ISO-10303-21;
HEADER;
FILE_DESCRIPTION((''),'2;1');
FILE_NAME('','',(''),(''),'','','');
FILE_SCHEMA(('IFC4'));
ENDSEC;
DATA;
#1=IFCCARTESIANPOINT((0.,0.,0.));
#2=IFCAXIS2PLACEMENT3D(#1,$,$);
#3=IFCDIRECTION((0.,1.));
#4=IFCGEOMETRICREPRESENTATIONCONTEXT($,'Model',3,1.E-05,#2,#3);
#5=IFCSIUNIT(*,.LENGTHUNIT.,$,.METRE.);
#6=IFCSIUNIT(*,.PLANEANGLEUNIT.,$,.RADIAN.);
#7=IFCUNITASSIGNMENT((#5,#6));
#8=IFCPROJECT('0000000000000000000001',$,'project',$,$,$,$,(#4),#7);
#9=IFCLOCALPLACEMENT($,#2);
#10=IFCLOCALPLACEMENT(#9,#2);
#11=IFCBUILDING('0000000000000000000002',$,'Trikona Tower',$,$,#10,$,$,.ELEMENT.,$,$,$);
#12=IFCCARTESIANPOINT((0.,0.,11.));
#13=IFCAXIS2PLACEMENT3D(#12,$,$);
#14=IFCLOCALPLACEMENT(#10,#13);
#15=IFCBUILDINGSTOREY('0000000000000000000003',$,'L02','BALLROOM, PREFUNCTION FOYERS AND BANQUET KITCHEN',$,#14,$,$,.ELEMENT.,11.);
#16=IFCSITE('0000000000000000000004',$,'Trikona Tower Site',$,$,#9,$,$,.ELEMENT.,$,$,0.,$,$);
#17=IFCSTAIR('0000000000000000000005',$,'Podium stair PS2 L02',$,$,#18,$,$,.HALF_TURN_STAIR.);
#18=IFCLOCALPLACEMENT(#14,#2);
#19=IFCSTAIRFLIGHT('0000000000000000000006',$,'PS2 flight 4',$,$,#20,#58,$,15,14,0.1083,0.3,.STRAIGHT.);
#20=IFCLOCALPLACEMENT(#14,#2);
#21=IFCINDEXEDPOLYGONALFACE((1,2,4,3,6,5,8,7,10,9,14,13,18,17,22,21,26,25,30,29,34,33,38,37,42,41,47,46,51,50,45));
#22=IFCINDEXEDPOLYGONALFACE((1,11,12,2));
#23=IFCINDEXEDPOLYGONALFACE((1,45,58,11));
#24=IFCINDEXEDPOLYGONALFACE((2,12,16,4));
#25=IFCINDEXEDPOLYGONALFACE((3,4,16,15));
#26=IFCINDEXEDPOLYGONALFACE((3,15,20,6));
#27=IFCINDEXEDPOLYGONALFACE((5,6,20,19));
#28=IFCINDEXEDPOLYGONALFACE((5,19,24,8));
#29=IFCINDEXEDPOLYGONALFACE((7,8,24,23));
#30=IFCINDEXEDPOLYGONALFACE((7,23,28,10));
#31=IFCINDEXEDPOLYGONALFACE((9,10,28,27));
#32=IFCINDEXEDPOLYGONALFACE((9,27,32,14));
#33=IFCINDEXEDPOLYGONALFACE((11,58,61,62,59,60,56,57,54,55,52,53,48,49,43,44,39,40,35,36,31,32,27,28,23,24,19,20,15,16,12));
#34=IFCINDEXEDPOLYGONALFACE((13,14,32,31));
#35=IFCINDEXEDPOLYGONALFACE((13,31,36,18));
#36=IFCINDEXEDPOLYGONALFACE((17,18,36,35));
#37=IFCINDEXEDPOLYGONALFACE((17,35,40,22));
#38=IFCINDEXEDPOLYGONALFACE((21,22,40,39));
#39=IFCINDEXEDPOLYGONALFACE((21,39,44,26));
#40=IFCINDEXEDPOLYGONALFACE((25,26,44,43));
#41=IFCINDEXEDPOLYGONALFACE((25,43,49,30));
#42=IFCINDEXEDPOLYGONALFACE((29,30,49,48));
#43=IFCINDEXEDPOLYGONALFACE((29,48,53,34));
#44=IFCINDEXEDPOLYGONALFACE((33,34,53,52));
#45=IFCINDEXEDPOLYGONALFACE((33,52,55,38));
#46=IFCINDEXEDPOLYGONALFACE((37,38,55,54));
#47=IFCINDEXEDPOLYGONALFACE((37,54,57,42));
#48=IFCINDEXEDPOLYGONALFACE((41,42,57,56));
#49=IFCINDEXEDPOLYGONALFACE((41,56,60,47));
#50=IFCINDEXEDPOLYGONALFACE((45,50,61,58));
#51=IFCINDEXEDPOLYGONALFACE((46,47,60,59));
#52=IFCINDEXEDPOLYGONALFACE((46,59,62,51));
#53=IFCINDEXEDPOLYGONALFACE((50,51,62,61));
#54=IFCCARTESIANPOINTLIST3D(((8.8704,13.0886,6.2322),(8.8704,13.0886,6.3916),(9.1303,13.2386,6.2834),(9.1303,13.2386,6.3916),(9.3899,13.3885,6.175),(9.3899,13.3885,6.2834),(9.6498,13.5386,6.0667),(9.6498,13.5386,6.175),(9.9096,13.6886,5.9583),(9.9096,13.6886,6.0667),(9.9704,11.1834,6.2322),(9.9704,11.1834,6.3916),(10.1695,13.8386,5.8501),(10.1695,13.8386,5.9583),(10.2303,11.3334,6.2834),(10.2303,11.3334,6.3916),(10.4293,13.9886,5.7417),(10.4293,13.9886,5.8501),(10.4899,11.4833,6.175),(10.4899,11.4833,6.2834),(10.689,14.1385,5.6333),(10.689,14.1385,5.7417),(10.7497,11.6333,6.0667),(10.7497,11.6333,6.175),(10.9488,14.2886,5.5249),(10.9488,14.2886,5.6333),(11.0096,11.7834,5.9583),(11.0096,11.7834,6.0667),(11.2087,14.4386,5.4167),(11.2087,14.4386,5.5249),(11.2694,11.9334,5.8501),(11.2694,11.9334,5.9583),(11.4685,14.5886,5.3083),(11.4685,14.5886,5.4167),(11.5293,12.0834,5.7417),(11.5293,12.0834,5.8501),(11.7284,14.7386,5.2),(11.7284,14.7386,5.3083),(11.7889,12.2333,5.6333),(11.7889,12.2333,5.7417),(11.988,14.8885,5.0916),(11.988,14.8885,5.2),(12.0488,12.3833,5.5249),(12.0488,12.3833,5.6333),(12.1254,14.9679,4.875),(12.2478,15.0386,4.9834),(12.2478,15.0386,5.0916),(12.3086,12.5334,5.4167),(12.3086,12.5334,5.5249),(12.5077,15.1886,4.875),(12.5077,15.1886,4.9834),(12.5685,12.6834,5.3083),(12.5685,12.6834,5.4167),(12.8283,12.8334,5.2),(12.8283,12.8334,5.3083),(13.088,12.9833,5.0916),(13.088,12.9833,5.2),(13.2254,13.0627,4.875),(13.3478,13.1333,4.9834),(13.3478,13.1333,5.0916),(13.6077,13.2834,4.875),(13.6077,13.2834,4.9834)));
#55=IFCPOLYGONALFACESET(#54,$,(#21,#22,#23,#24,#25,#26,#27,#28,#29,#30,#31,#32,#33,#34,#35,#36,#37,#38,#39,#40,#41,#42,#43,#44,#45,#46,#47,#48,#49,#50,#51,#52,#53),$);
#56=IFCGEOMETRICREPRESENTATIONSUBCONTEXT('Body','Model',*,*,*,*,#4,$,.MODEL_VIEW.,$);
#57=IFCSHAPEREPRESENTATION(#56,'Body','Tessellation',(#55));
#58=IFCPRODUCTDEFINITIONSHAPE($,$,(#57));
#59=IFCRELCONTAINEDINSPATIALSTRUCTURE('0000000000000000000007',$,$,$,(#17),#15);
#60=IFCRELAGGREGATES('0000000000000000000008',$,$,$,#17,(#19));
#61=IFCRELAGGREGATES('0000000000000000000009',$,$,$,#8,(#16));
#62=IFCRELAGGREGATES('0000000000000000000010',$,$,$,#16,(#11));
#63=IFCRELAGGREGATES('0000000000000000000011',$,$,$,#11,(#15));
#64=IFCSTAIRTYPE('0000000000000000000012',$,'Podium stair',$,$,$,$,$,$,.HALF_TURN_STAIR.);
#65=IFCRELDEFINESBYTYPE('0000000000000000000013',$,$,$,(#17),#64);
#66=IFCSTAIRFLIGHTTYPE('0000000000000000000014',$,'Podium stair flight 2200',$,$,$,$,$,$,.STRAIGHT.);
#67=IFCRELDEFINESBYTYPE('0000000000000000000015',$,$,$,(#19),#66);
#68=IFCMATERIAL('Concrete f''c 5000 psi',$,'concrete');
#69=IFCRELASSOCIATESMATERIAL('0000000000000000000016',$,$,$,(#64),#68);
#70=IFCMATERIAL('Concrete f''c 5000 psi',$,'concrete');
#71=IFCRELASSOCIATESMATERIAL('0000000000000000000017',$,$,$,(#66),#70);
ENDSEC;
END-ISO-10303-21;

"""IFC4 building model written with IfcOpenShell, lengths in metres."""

from ifc_helpers import new_model, si_unit, direction, frame, origin, place, context, subcontext, project, spatial, polyline, outline, extrude, material, type_object, element, aggregate, save


model = new_model("IFC4")

# Units and contexts
model_context = context("Model", 3, precision=1e-05, world=origin(), true_north=direction((0.0, 1.0)))
body_context = subcontext(model_context, "Body", "Model", "MODEL_VIEW")
ifc_project = project(units=[si_unit("LENGTHUNIT", "METRE"), si_unit("PLANEANGLEUNIT", "RADIAN")], contexts=[model_context])

# Site, building, storey
site_placement = place(None, origin())
site = spatial("IfcSite", under=ifc_project, at=site_placement, Name="Trikona Tower Site", CompositionType="ELEMENT", RefElevation=0.0)
building_placement = place(site_placement, origin())
building = spatial("IfcBuilding", under=site, at=building_placement, Name="Trikona Tower", CompositionType="ELEMENT")
storey_placement = place(building_placement, frame((0.0, 0.0, 11.0)))
storey = spatial("IfcBuildingStorey", under=building, at=storey_placement, Name="L02", Description="BALLROOM, PREFUNCTION FOYERS AND BANQUET KITCHEN", CompositionType="ELEMENT", Elevation=11.0)

# Stair, stair flight
ifc_material_1 = material(Name="Concrete f'c 5000 psi", Category="concrete")
stair_type = type_object("IfcStairType", Name="Podium stair", PredefinedType="HALF_TURN_STAIR", material=ifc_material_1)
stair_placement = place(storey_placement, origin())
stair = element("IfcStair", 1, at=stair_placement, inside=storey, type_object=stair_type, Name="Podium stair PS2 L02", PredefinedType="HALF_TURN_STAIR")
ifc_material_2 = material(Name="Concrete f'c 5000 psi", Category="concrete")
stair_flight_type = type_object("IfcStairFlightType", Name="Podium stair flight 2200", PredefinedType="STRAIGHT", material=ifc_material_2)
stair_flight_1_placement = place(storey_placement, frame((13.0576, 14.2361, 4.875), z_axis=(0.0, 0.0, 1.0), x_axis=(-0.866025, -0.5, 0.0)))
stair_flight_1 = element("IfcStairFlight", 2, at=stair_flight_1_placement, type_object=stair_flight_type, Name="PS2 flight 4", NumberOfRisers=15, NumberOfTreads=14, PredefinedType="STRAIGHT", RiserHeight=0.1083, TreadLength=0.3, context=body_context, shape_type="SweptSolid", body=[
    extrude(outline(polyline([(0.0, 0.0), (0.0, 0.1084), (0.3, 0.1084), (0.3, 0.2166), (0.6001, 0.2166), (0.6001, 0.325), (0.8999, 0.325), (0.8999, 0.4333), (1.2, 0.4333), (1.2, 0.5417), (1.5, 0.5417), (1.5, 0.6499), (1.8, 0.6499), (1.8, 0.7583), (2.1001, 0.7583), (2.1001, 0.8667), (2.3999, 0.8667), (2.3999, 0.9751), (2.7, 0.9751), (2.7, 1.0833), (3.0, 1.0833), (3.0, 1.1917), (3.3, 1.1917), (3.3, 1.3), (3.6001, 1.3), (3.6001, 1.4084), (3.8999, 1.4084), (3.8999, 1.5166), (4.2, 1.5166), (4.2, 1.625), (4.2, 1.3572), (0.4414, 0.0), (0.0, 0.0)])), frame((0.0, 1.1001, 0.0), z_axis=(0.0, -1.0, 0.0), x_axis=(1.0, 0.0, 0.0)), (0.0, 0.0, 1.0), 2.2),
])
aggregate(stair, [stair_flight_1])

save(model, "model.ifc")
